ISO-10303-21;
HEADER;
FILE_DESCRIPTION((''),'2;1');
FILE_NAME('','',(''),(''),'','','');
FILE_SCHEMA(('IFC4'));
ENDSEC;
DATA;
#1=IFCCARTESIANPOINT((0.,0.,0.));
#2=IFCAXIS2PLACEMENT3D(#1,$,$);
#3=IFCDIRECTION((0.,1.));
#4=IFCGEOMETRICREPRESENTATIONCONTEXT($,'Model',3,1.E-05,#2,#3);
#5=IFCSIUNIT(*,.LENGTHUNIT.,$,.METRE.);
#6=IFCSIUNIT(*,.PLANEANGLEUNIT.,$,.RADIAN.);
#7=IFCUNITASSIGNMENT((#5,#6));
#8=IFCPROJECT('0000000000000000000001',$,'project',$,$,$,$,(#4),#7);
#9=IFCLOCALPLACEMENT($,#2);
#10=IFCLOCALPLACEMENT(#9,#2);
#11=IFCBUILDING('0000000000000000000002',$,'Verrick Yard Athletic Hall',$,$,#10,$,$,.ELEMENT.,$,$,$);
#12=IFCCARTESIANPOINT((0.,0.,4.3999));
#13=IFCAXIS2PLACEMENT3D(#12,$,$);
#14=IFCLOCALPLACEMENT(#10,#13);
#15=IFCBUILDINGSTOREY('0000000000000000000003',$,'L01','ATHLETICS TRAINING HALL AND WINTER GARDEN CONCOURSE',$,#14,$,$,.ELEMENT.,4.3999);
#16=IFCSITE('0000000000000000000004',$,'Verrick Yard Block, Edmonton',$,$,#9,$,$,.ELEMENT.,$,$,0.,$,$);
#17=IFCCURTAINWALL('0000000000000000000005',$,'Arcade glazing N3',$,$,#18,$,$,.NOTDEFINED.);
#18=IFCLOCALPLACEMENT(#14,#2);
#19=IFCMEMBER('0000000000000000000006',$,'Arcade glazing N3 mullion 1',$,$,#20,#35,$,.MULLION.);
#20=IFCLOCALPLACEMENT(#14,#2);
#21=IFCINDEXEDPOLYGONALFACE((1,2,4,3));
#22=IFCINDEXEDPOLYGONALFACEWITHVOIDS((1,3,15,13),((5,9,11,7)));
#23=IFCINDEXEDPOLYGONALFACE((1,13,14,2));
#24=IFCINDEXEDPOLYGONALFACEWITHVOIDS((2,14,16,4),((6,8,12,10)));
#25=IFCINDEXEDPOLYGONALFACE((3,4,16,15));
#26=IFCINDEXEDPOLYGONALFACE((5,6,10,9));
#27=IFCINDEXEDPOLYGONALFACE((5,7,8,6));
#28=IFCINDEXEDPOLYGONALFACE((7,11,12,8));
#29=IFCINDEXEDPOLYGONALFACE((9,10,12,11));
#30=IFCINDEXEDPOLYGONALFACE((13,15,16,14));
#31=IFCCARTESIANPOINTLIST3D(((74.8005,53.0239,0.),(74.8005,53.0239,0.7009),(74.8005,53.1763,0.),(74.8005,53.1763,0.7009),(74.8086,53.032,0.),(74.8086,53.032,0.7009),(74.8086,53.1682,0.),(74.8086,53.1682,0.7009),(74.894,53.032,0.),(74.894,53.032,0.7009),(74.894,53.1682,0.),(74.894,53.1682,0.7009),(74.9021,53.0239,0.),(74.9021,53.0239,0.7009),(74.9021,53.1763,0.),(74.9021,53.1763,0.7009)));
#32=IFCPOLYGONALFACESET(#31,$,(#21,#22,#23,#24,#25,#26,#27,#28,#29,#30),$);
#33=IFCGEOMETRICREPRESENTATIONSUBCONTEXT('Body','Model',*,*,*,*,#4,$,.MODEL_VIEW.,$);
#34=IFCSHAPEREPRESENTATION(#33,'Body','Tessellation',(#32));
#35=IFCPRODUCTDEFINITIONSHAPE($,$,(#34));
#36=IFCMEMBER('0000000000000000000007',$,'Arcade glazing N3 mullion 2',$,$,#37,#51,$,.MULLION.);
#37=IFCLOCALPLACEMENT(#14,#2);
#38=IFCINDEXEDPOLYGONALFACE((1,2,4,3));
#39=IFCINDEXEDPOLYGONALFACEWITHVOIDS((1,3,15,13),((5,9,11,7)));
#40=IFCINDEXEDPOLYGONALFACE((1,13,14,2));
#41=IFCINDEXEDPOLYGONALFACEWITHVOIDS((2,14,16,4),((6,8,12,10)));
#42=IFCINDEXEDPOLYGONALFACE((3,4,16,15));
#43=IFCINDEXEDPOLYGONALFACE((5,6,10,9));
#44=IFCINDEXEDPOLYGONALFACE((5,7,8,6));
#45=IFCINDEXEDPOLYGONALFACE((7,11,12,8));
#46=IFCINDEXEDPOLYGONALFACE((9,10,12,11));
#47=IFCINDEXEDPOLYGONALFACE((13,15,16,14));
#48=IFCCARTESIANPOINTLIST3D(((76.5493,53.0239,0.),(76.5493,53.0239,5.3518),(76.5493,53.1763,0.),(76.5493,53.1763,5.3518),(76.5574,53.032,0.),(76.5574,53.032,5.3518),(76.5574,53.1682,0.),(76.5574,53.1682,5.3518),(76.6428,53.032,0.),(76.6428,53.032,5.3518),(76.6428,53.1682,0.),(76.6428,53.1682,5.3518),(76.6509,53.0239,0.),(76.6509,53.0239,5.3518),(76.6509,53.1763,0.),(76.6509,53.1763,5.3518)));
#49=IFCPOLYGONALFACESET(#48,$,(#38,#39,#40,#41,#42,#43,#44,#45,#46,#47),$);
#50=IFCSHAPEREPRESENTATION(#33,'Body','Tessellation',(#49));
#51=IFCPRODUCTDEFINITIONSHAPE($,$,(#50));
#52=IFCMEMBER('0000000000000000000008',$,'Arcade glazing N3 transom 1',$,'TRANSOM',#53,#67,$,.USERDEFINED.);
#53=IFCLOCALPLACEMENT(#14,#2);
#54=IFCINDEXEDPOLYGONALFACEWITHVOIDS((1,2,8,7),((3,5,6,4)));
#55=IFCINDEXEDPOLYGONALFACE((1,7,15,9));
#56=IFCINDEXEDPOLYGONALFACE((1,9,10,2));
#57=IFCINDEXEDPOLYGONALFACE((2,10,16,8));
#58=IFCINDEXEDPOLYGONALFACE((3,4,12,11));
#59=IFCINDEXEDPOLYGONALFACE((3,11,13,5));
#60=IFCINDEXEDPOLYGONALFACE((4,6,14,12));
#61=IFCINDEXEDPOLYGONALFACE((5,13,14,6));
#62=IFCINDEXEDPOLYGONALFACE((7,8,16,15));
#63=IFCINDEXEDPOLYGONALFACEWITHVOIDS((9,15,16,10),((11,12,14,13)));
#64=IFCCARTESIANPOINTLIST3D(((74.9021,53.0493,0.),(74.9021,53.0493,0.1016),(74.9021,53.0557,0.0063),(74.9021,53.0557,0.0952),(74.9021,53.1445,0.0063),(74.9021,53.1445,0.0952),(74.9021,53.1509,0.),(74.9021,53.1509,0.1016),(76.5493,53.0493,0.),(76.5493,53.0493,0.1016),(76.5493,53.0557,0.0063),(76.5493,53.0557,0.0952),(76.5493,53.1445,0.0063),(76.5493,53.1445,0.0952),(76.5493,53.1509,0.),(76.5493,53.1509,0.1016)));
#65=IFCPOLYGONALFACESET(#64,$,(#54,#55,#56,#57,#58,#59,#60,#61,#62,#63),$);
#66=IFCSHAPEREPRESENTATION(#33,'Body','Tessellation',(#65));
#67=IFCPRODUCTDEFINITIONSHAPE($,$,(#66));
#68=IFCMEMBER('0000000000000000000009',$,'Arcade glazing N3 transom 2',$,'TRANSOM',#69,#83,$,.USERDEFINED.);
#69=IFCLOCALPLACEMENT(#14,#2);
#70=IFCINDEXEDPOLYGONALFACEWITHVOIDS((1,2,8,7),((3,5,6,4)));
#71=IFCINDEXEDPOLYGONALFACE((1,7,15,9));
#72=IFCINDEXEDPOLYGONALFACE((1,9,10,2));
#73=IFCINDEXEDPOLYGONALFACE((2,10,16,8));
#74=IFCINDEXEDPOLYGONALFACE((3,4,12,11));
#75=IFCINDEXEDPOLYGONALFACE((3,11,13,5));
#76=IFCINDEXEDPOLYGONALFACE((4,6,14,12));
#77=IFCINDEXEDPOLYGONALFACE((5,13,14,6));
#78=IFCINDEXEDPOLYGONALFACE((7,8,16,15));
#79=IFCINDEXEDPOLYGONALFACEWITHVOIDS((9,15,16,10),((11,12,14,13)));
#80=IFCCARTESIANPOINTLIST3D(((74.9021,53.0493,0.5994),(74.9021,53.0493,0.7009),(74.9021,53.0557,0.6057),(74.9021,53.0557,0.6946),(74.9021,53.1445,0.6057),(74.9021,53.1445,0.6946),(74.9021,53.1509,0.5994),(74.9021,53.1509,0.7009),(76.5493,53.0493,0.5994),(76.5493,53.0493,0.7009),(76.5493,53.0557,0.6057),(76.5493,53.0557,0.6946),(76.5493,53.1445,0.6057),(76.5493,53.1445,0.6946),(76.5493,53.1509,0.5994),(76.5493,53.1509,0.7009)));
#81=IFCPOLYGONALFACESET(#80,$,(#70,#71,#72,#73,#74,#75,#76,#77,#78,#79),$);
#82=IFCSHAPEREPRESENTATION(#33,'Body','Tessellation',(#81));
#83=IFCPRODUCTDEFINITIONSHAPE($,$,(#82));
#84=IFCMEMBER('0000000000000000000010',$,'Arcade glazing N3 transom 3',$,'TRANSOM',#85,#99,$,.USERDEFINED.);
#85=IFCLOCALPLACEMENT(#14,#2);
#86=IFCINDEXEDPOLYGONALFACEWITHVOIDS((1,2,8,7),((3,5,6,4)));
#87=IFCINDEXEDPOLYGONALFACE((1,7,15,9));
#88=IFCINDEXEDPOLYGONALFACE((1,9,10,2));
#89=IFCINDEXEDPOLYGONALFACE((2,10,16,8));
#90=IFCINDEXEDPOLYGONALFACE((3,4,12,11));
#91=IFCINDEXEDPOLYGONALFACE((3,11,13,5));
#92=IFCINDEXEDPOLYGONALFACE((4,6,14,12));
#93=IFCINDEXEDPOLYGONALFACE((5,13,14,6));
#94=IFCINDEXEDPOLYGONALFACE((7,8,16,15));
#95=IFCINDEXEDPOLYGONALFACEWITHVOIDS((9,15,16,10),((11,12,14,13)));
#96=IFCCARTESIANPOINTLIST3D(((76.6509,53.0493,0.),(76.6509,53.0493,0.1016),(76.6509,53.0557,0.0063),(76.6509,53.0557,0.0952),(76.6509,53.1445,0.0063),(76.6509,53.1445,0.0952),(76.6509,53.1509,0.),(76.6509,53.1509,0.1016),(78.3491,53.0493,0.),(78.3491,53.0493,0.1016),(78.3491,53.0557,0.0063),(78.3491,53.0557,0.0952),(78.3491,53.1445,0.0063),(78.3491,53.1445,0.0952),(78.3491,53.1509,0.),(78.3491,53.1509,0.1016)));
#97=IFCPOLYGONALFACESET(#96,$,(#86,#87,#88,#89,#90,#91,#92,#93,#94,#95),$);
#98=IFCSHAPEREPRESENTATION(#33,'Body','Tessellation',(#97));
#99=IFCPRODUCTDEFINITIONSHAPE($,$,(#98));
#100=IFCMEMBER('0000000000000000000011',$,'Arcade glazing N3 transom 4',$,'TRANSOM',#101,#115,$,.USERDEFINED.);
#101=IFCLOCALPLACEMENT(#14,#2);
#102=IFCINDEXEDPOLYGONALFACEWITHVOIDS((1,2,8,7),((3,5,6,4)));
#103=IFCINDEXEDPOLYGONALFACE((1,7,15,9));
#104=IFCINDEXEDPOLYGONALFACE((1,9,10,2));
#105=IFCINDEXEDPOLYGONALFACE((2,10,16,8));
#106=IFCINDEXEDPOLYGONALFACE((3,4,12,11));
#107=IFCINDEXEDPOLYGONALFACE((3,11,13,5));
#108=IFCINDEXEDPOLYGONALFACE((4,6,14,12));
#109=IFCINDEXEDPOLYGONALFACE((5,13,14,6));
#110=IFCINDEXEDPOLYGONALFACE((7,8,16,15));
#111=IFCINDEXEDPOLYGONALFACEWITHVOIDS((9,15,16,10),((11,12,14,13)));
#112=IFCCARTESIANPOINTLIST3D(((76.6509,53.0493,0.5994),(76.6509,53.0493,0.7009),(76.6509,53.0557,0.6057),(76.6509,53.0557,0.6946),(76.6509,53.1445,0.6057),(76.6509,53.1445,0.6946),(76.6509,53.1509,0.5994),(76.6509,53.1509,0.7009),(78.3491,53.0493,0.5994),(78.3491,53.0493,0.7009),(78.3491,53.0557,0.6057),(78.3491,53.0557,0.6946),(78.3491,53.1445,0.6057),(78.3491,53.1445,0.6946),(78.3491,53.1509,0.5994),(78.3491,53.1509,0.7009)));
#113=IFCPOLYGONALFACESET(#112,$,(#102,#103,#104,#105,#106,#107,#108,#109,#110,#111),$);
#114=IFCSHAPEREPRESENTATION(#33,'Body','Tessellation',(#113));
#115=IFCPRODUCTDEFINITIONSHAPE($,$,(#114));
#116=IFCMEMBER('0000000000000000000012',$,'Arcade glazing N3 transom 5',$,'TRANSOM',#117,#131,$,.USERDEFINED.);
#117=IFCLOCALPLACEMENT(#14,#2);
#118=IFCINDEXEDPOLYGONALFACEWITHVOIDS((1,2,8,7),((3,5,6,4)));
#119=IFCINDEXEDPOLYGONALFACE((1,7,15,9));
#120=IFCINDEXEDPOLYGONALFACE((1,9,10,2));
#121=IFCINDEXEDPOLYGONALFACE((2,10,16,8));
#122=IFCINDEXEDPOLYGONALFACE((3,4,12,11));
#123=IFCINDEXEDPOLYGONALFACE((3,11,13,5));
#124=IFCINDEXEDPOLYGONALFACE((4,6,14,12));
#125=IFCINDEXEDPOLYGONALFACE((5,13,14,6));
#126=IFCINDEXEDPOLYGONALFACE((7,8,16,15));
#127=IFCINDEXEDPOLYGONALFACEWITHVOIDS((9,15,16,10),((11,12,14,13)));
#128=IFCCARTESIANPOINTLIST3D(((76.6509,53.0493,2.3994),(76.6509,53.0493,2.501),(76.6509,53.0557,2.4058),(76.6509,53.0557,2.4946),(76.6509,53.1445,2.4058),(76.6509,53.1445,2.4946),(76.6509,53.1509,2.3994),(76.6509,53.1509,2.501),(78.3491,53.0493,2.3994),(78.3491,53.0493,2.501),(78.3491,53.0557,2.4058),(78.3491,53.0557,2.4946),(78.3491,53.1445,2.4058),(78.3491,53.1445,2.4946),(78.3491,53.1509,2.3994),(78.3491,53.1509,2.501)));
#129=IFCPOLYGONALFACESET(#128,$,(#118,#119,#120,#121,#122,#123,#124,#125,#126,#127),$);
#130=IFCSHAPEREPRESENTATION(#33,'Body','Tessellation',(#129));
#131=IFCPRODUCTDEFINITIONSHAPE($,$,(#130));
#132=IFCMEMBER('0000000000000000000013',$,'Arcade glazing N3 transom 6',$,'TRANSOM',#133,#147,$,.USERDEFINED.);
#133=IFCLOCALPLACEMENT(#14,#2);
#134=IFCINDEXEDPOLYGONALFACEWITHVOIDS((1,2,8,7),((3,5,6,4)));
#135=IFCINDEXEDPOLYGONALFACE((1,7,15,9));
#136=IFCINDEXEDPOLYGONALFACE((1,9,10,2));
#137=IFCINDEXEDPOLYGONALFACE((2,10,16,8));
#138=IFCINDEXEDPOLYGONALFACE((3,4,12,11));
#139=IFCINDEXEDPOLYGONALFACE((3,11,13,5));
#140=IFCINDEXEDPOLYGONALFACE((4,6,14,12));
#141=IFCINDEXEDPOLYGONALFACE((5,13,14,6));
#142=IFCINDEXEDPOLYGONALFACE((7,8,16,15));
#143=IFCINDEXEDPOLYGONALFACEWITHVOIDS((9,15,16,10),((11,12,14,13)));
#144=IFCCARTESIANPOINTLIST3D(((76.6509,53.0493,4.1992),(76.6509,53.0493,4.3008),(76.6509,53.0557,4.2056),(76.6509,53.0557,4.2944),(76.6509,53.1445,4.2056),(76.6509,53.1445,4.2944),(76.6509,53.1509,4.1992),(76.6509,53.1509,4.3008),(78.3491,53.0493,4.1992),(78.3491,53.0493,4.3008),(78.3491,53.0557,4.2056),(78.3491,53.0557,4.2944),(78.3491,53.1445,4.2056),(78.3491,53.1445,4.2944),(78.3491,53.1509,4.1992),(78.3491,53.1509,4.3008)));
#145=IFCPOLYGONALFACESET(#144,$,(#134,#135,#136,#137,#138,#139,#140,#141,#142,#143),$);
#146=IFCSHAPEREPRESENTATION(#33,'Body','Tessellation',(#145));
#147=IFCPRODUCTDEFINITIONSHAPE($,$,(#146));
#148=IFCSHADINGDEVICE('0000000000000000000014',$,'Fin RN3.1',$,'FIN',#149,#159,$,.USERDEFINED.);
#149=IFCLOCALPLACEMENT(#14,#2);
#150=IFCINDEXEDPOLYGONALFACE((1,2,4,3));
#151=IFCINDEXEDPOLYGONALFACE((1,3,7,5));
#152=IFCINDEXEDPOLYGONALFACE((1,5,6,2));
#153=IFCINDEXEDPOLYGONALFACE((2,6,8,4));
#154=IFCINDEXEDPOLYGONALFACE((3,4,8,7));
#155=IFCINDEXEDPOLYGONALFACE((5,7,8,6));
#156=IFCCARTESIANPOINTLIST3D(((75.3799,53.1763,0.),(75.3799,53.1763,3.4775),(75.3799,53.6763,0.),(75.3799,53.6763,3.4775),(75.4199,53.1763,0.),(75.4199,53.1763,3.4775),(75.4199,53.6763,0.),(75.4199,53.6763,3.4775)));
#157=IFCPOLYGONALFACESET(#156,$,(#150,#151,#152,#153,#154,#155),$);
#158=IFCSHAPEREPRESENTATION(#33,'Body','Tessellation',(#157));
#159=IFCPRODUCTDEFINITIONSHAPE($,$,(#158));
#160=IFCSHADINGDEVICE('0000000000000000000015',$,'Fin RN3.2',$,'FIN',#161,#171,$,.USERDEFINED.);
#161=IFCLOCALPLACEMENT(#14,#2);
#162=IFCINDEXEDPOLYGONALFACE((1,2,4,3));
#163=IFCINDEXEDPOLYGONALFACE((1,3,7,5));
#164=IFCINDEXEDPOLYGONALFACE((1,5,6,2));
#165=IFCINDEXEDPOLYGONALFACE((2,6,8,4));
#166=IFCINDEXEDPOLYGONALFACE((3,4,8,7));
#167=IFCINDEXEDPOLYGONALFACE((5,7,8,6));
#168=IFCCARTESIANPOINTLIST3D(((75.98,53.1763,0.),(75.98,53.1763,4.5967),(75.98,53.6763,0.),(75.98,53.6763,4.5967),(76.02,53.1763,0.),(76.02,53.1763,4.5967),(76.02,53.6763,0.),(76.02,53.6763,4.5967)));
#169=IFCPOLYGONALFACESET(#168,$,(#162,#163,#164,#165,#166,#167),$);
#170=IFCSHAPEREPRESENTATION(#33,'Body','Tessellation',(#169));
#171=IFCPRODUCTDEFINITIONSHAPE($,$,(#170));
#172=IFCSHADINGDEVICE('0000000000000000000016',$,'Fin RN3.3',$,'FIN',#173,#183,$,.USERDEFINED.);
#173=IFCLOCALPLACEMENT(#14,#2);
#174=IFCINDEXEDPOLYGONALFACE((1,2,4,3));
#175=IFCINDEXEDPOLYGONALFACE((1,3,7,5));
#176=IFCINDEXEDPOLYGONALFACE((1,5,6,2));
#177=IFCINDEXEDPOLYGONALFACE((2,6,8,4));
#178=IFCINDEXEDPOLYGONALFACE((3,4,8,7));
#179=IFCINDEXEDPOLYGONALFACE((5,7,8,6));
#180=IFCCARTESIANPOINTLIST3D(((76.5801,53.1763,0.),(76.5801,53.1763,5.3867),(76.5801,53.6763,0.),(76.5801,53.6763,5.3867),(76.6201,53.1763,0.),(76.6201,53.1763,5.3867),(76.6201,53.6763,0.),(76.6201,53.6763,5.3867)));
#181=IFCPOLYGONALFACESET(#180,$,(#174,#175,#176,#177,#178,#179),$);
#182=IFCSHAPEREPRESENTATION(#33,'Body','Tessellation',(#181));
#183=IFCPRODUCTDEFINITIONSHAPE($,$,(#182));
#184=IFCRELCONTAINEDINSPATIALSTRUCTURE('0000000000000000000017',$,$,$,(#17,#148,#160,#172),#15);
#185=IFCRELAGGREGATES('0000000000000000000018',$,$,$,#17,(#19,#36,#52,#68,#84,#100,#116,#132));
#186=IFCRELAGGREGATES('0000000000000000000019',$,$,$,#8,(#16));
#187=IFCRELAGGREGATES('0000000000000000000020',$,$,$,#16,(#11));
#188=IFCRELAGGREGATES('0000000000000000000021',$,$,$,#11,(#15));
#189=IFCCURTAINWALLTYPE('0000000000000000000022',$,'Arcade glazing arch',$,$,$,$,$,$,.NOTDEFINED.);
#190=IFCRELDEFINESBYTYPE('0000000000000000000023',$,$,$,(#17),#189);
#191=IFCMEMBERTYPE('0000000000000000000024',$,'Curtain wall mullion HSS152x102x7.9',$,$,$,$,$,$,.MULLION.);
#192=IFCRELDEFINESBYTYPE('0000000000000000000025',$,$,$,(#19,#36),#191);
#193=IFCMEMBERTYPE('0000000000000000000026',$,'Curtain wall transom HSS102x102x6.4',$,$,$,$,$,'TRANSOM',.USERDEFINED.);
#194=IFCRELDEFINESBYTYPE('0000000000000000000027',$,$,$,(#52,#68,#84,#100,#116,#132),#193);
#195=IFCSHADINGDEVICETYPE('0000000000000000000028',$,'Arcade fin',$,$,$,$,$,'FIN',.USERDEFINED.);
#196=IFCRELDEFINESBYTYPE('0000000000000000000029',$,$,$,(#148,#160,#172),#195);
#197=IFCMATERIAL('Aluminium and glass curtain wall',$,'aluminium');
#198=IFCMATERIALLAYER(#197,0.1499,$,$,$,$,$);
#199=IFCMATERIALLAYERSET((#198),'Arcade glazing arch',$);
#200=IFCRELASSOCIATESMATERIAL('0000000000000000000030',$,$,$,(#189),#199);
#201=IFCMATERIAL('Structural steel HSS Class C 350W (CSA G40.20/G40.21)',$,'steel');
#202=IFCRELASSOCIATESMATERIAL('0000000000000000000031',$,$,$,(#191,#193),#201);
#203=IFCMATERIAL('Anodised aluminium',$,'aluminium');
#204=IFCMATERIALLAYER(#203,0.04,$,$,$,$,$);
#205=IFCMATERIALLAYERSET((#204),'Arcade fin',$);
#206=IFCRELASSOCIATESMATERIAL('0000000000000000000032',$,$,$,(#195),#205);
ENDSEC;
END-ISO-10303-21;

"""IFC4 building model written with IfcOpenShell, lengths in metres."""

from ifc_helpers import new_model, si_unit, direction, frame, origin, origin_2d, place, context, subcontext, project, spatial, polyline, hollow_rectangle, outline, extrude, material, layer, layer_set, material_profile, profile_set, type_object, element, aggregate, save


model = new_model("IFC4")

# Units and contexts
model_context = context("Model", 3, precision=1e-05, world=origin(), true_north=direction((0.0, 1.0)))
body_context = subcontext(model_context, "Body", "Model", "MODEL_VIEW")
ifc_project = project(units=[si_unit("LENGTHUNIT", "METRE"), si_unit("PLANEANGLEUNIT", "RADIAN")], contexts=[model_context])

# Site, building, storey
site_placement = place(None, origin())
site = spatial("IfcSite", under=ifc_project, at=site_placement, Name="Verrick Yard Block, Edmonton", CompositionType="ELEMENT", RefElevation=0.0)
building_placement = place(site_placement, origin())
building = spatial("IfcBuilding", under=site, at=building_placement, Name="Verrick Yard Athletic Hall", CompositionType="ELEMENT")
storey_placement = place(building_placement, frame((0.0, 0.0, 4.3999)))
storey = spatial("IfcBuildingStorey", under=building, at=storey_placement, Name="L01", Description="ATHLETICS TRAINING HALL AND WINTER GARDEN CONCOURSE", CompositionType="ELEMENT", Elevation=4.3999)

# Curtain wall, members
ifc_material_1 = material(Name="Aluminium and glass curtain wall", Category="aluminium")
ifc_layer_1 = layer(ifc_material_1, 0.1499)
ifc_layer_set_1 = layer_set([ifc_layer_1], Name="Arcade glazing arch")
curtain_wall_type = type_object("IfcCurtainWallType", Name="Arcade glazing arch", PredefinedType="NOTDEFINED", material=ifc_layer_set_1)
curtain_wall_placement = place(storey_placement, origin())
curtain_wall = element("IfcCurtainWall", 1, at=curtain_wall_placement, inside=storey, type_object=curtain_wall_type, Name="Arcade glazing N3", PredefinedType="NOTDEFINED")
ifc_material_2 = material(Name="Structural steel HSS Class C 350W (CSA G40.20/G40.21)", Category="steel")
ifc_material_profile_1 = material_profile(ifc_material_2, hollow_rectangle(XDim=0.1016, YDim=0.1523, WallThickness=0.0081, at=origin_2d()), Name="HSS152x102x7.9")
ifc_profile_set_1 = profile_set([ifc_material_profile_1], Name="Structural steel HSS Class C 350W (CSA G40.20/G40.21)")
member_type_1 = type_object("IfcMemberType", Name="Curtain wall mullion HSS152x102x7.9", PredefinedType="MULLION", material=ifc_profile_set_1)
member_1_placement = place(storey_placement, frame((74.8513, 53.1001, 0.0), z_axis=(0.0, 0.0, 1.0), x_axis=(1.0, 0.0, 0.0)))
member_1 = element("IfcMember", 2, at=member_1_placement, type_object=member_type_1, Name="Arcade glazing N3 mullion 1", PredefinedType="MULLION", context=body_context, shape_type="SweptSolid", body=[
    extrude(hollow_rectangle(XDim=0.1016, YDim=0.1523, WallThickness=0.0081, at=origin_2d()), origin(), (0.0, 0.0, 1.0), 0.7009),
])
member_2_placement = place(storey_placement, frame((76.6001, 53.1001, 0.0), z_axis=(0.0, 0.0, 1.0), x_axis=(1.0, 0.0, 0.0)))
member_2 = element("IfcMember", 3, at=member_2_placement, type_object=member_type_1, Name="Arcade glazing N3 mullion 2", PredefinedType="MULLION", context=body_context, shape_type="SweptSolid", body=[
    extrude(hollow_rectangle(XDim=0.1016, YDim=0.1523, WallThickness=0.0081, at=origin_2d()), origin(), (0.0, 0.0, 1.0), 5.3518),
])
ifc_material_profile_2 = material_profile(ifc_material_2, hollow_rectangle(XDim=0.1016, YDim=0.1016, WallThickness=0.0063, at=origin_2d()), Name="HSS102x102x6.4")
ifc_profile_set_2 = profile_set([ifc_material_profile_2], Name="Structural steel HSS Class C 350W (CSA G40.20/G40.21)")
member_type_2 = type_object("IfcMemberType", Name="Curtain wall transom HSS102x102x6.4", ElementType="TRANSOM", PredefinedType="USERDEFINED", material=ifc_profile_set_2)
member_3_placement = place(storey_placement, frame((74.9021, 53.1001, 0.0508), z_axis=(1.0, 0.0, 0.0), x_axis=(0.0, 1.0, 0.0)))
member_3 = element("IfcMember", 4, at=member_3_placement, type_object=member_type_2, Name="Arcade glazing N3 transom 1", ObjectType="TRANSOM", PredefinedType="USERDEFINED", context=body_context, shape_type="SweptSolid", body=[
    extrude(hollow_rectangle(XDim=0.1016, YDim=0.1016, WallThickness=0.0063, at=origin_2d()), origin(), (0.0, 0.0, 1.0), 1.6472),
])
member_4_placement = place(storey_placement, frame((74.9021, 53.1001, 0.6501), z_axis=(1.0, 0.0, 0.0), x_axis=(0.0, 1.0, 0.0)))
member_4 = element("IfcMember", 5, at=member_4_placement, type_object=member_type_2, Name="Arcade glazing N3 transom 2", ObjectType="TRANSOM", PredefinedType="USERDEFINED", context=body_context, shape_type="SweptSolid", body=[
    extrude(hollow_rectangle(XDim=0.1016, YDim=0.1016, WallThickness=0.0063, at=origin_2d()), origin(), (0.0, 0.0, 1.0), 1.6472),
])
member_5_placement = place(storey_placement, frame((76.6509, 53.1001, 0.0508), z_axis=(1.0, 0.0, 0.0), x_axis=(0.0, 1.0, 0.0)))
member_5 = element("IfcMember", 6, at=member_5_placement, type_object=member_type_2, Name="Arcade glazing N3 transom 3", ObjectType="TRANSOM", PredefinedType="USERDEFINED", context=body_context, shape_type="SweptSolid", body=[
    extrude(hollow_rectangle(XDim=0.1016, YDim=0.1016, WallThickness=0.0063, at=origin_2d()), origin(), (0.0, 0.0, 1.0), 1.6982),
])
member_6_placement = place(storey_placement, frame((76.6509, 53.1001, 0.6501), z_axis=(1.0, 0.0, 0.0), x_axis=(0.0, 1.0, 0.0)))
member_6 = element("IfcMember", 7, at=member_6_placement, type_object=member_type_2, Name="Arcade glazing N3 transom 4", ObjectType="TRANSOM", PredefinedType="USERDEFINED", context=body_context, shape_type="SweptSolid", body=[
    extrude(hollow_rectangle(XDim=0.1016, YDim=0.1016, WallThickness=0.0063, at=origin_2d()), origin(), (0.0, 0.0, 1.0), 1.6982),
])
member_7_placement = place(storey_placement, frame((76.6509, 53.1001, 2.4502), z_axis=(1.0, 0.0, 0.0), x_axis=(0.0, 1.0, 0.0)))
member_7 = element("IfcMember", 8, at=member_7_placement, type_object=member_type_2, Name="Arcade glazing N3 transom 5", ObjectType="TRANSOM", PredefinedType="USERDEFINED", context=body_context, shape_type="SweptSolid", body=[
    extrude(hollow_rectangle(XDim=0.1016, YDim=0.1016, WallThickness=0.0063, at=origin_2d()), origin(), (0.0, 0.0, 1.0), 1.6982),
])
member_8_placement = place(storey_placement, frame((76.6509, 53.1001, 4.25), z_axis=(1.0, 0.0, 0.0), x_axis=(0.0, 1.0, 0.0)))
member_8 = element("IfcMember", 9, at=member_8_placement, type_object=member_type_2, Name="Arcade glazing N3 transom 6", ObjectType="TRANSOM", PredefinedType="USERDEFINED", context=body_context, shape_type="SweptSolid", body=[
    extrude(hollow_rectangle(XDim=0.1016, YDim=0.1016, WallThickness=0.0063, at=origin_2d()), origin(), (0.0, 0.0, 1.0), 1.6982),
])
aggregate(curtain_wall, [member_1, member_2, member_3, member_4, member_5, member_6, member_7, member_8])

# Shading devices
ifc_material_3 = material(Name="Anodised aluminium", Category="aluminium")
ifc_layer_2 = layer(ifc_material_3, 0.04)
ifc_layer_set_2 = layer_set([ifc_layer_2], Name="Arcade fin")
shading_device_type = type_object("IfcShadingDeviceType", Name="Arcade fin", ElementType="FIN", PredefinedType="USERDEFINED", material=ifc_layer_set_2)
shading_device_1_placement = place(storey_placement, frame((75.3999, 53.1763, 0.0), z_axis=(0.0, 0.0, 1.0), x_axis=(0.0, 1.0, 0.0)))
element("IfcShadingDevice", 10, at=shading_device_1_placement, inside=storey, type_object=shading_device_type, Name="Fin RN3.1", ObjectType="FIN", PredefinedType="USERDEFINED", context=body_context, shape_type="SweptSolid", body=[
    extrude(outline(polyline([(0.0, 0.0), (0.5, 0.0), (0.5, 3.4775), (0.0, 3.4775), (0.0, 0.0)])), frame((0.0, 0.02, 0.0), z_axis=(0.0, -1.0, 0.0), x_axis=(1.0, 0.0, 0.0)), (0.0, 0.0, 1.0), 0.04),
])
shading_device_2_placement = place(storey_placement, frame((76.0, 53.1763, 0.0), z_axis=(0.0, 0.0, 1.0), x_axis=(0.0, 1.0, 0.0)))
element("IfcShadingDevice", 11, at=shading_device_2_placement, inside=storey, type_object=shading_device_type, Name="Fin RN3.2", ObjectType="FIN", PredefinedType="USERDEFINED", context=body_context, shape_type="SweptSolid", body=[
    extrude(outline(polyline([(0.0, 0.0), (0.5, 0.0), (0.5, 4.5967), (0.0, 4.5967), (0.0, 0.0)])), frame((0.0, 0.02, 0.0), z_axis=(0.0, -1.0, 0.0), x_axis=(1.0, 0.0, 0.0)), (0.0, 0.0, 1.0), 0.04),
])
shading_device_3_placement = place(storey_placement, frame((76.6001, 53.1763, 0.0), z_axis=(0.0, 0.0, 1.0), x_axis=(0.0, 1.0, 0.0)))
element("IfcShadingDevice", 12, at=shading_device_3_placement, inside=storey, type_object=shading_device_type, Name="Fin RN3.3", ObjectType="FIN", PredefinedType="USERDEFINED", context=body_context, shape_type="SweptSolid", body=[
    extrude(outline(polyline([(0.0, 0.0), (0.5, 0.0), (0.5, 5.3867), (0.0, 5.3867), (0.0, 0.0)])), frame((0.0, 0.02, 0.0), z_axis=(0.0, -1.0, 0.0), x_axis=(1.0, 0.0, 0.0)), (0.0, 0.0, 1.0), 0.04),
])

save(model, "model.ifc")
